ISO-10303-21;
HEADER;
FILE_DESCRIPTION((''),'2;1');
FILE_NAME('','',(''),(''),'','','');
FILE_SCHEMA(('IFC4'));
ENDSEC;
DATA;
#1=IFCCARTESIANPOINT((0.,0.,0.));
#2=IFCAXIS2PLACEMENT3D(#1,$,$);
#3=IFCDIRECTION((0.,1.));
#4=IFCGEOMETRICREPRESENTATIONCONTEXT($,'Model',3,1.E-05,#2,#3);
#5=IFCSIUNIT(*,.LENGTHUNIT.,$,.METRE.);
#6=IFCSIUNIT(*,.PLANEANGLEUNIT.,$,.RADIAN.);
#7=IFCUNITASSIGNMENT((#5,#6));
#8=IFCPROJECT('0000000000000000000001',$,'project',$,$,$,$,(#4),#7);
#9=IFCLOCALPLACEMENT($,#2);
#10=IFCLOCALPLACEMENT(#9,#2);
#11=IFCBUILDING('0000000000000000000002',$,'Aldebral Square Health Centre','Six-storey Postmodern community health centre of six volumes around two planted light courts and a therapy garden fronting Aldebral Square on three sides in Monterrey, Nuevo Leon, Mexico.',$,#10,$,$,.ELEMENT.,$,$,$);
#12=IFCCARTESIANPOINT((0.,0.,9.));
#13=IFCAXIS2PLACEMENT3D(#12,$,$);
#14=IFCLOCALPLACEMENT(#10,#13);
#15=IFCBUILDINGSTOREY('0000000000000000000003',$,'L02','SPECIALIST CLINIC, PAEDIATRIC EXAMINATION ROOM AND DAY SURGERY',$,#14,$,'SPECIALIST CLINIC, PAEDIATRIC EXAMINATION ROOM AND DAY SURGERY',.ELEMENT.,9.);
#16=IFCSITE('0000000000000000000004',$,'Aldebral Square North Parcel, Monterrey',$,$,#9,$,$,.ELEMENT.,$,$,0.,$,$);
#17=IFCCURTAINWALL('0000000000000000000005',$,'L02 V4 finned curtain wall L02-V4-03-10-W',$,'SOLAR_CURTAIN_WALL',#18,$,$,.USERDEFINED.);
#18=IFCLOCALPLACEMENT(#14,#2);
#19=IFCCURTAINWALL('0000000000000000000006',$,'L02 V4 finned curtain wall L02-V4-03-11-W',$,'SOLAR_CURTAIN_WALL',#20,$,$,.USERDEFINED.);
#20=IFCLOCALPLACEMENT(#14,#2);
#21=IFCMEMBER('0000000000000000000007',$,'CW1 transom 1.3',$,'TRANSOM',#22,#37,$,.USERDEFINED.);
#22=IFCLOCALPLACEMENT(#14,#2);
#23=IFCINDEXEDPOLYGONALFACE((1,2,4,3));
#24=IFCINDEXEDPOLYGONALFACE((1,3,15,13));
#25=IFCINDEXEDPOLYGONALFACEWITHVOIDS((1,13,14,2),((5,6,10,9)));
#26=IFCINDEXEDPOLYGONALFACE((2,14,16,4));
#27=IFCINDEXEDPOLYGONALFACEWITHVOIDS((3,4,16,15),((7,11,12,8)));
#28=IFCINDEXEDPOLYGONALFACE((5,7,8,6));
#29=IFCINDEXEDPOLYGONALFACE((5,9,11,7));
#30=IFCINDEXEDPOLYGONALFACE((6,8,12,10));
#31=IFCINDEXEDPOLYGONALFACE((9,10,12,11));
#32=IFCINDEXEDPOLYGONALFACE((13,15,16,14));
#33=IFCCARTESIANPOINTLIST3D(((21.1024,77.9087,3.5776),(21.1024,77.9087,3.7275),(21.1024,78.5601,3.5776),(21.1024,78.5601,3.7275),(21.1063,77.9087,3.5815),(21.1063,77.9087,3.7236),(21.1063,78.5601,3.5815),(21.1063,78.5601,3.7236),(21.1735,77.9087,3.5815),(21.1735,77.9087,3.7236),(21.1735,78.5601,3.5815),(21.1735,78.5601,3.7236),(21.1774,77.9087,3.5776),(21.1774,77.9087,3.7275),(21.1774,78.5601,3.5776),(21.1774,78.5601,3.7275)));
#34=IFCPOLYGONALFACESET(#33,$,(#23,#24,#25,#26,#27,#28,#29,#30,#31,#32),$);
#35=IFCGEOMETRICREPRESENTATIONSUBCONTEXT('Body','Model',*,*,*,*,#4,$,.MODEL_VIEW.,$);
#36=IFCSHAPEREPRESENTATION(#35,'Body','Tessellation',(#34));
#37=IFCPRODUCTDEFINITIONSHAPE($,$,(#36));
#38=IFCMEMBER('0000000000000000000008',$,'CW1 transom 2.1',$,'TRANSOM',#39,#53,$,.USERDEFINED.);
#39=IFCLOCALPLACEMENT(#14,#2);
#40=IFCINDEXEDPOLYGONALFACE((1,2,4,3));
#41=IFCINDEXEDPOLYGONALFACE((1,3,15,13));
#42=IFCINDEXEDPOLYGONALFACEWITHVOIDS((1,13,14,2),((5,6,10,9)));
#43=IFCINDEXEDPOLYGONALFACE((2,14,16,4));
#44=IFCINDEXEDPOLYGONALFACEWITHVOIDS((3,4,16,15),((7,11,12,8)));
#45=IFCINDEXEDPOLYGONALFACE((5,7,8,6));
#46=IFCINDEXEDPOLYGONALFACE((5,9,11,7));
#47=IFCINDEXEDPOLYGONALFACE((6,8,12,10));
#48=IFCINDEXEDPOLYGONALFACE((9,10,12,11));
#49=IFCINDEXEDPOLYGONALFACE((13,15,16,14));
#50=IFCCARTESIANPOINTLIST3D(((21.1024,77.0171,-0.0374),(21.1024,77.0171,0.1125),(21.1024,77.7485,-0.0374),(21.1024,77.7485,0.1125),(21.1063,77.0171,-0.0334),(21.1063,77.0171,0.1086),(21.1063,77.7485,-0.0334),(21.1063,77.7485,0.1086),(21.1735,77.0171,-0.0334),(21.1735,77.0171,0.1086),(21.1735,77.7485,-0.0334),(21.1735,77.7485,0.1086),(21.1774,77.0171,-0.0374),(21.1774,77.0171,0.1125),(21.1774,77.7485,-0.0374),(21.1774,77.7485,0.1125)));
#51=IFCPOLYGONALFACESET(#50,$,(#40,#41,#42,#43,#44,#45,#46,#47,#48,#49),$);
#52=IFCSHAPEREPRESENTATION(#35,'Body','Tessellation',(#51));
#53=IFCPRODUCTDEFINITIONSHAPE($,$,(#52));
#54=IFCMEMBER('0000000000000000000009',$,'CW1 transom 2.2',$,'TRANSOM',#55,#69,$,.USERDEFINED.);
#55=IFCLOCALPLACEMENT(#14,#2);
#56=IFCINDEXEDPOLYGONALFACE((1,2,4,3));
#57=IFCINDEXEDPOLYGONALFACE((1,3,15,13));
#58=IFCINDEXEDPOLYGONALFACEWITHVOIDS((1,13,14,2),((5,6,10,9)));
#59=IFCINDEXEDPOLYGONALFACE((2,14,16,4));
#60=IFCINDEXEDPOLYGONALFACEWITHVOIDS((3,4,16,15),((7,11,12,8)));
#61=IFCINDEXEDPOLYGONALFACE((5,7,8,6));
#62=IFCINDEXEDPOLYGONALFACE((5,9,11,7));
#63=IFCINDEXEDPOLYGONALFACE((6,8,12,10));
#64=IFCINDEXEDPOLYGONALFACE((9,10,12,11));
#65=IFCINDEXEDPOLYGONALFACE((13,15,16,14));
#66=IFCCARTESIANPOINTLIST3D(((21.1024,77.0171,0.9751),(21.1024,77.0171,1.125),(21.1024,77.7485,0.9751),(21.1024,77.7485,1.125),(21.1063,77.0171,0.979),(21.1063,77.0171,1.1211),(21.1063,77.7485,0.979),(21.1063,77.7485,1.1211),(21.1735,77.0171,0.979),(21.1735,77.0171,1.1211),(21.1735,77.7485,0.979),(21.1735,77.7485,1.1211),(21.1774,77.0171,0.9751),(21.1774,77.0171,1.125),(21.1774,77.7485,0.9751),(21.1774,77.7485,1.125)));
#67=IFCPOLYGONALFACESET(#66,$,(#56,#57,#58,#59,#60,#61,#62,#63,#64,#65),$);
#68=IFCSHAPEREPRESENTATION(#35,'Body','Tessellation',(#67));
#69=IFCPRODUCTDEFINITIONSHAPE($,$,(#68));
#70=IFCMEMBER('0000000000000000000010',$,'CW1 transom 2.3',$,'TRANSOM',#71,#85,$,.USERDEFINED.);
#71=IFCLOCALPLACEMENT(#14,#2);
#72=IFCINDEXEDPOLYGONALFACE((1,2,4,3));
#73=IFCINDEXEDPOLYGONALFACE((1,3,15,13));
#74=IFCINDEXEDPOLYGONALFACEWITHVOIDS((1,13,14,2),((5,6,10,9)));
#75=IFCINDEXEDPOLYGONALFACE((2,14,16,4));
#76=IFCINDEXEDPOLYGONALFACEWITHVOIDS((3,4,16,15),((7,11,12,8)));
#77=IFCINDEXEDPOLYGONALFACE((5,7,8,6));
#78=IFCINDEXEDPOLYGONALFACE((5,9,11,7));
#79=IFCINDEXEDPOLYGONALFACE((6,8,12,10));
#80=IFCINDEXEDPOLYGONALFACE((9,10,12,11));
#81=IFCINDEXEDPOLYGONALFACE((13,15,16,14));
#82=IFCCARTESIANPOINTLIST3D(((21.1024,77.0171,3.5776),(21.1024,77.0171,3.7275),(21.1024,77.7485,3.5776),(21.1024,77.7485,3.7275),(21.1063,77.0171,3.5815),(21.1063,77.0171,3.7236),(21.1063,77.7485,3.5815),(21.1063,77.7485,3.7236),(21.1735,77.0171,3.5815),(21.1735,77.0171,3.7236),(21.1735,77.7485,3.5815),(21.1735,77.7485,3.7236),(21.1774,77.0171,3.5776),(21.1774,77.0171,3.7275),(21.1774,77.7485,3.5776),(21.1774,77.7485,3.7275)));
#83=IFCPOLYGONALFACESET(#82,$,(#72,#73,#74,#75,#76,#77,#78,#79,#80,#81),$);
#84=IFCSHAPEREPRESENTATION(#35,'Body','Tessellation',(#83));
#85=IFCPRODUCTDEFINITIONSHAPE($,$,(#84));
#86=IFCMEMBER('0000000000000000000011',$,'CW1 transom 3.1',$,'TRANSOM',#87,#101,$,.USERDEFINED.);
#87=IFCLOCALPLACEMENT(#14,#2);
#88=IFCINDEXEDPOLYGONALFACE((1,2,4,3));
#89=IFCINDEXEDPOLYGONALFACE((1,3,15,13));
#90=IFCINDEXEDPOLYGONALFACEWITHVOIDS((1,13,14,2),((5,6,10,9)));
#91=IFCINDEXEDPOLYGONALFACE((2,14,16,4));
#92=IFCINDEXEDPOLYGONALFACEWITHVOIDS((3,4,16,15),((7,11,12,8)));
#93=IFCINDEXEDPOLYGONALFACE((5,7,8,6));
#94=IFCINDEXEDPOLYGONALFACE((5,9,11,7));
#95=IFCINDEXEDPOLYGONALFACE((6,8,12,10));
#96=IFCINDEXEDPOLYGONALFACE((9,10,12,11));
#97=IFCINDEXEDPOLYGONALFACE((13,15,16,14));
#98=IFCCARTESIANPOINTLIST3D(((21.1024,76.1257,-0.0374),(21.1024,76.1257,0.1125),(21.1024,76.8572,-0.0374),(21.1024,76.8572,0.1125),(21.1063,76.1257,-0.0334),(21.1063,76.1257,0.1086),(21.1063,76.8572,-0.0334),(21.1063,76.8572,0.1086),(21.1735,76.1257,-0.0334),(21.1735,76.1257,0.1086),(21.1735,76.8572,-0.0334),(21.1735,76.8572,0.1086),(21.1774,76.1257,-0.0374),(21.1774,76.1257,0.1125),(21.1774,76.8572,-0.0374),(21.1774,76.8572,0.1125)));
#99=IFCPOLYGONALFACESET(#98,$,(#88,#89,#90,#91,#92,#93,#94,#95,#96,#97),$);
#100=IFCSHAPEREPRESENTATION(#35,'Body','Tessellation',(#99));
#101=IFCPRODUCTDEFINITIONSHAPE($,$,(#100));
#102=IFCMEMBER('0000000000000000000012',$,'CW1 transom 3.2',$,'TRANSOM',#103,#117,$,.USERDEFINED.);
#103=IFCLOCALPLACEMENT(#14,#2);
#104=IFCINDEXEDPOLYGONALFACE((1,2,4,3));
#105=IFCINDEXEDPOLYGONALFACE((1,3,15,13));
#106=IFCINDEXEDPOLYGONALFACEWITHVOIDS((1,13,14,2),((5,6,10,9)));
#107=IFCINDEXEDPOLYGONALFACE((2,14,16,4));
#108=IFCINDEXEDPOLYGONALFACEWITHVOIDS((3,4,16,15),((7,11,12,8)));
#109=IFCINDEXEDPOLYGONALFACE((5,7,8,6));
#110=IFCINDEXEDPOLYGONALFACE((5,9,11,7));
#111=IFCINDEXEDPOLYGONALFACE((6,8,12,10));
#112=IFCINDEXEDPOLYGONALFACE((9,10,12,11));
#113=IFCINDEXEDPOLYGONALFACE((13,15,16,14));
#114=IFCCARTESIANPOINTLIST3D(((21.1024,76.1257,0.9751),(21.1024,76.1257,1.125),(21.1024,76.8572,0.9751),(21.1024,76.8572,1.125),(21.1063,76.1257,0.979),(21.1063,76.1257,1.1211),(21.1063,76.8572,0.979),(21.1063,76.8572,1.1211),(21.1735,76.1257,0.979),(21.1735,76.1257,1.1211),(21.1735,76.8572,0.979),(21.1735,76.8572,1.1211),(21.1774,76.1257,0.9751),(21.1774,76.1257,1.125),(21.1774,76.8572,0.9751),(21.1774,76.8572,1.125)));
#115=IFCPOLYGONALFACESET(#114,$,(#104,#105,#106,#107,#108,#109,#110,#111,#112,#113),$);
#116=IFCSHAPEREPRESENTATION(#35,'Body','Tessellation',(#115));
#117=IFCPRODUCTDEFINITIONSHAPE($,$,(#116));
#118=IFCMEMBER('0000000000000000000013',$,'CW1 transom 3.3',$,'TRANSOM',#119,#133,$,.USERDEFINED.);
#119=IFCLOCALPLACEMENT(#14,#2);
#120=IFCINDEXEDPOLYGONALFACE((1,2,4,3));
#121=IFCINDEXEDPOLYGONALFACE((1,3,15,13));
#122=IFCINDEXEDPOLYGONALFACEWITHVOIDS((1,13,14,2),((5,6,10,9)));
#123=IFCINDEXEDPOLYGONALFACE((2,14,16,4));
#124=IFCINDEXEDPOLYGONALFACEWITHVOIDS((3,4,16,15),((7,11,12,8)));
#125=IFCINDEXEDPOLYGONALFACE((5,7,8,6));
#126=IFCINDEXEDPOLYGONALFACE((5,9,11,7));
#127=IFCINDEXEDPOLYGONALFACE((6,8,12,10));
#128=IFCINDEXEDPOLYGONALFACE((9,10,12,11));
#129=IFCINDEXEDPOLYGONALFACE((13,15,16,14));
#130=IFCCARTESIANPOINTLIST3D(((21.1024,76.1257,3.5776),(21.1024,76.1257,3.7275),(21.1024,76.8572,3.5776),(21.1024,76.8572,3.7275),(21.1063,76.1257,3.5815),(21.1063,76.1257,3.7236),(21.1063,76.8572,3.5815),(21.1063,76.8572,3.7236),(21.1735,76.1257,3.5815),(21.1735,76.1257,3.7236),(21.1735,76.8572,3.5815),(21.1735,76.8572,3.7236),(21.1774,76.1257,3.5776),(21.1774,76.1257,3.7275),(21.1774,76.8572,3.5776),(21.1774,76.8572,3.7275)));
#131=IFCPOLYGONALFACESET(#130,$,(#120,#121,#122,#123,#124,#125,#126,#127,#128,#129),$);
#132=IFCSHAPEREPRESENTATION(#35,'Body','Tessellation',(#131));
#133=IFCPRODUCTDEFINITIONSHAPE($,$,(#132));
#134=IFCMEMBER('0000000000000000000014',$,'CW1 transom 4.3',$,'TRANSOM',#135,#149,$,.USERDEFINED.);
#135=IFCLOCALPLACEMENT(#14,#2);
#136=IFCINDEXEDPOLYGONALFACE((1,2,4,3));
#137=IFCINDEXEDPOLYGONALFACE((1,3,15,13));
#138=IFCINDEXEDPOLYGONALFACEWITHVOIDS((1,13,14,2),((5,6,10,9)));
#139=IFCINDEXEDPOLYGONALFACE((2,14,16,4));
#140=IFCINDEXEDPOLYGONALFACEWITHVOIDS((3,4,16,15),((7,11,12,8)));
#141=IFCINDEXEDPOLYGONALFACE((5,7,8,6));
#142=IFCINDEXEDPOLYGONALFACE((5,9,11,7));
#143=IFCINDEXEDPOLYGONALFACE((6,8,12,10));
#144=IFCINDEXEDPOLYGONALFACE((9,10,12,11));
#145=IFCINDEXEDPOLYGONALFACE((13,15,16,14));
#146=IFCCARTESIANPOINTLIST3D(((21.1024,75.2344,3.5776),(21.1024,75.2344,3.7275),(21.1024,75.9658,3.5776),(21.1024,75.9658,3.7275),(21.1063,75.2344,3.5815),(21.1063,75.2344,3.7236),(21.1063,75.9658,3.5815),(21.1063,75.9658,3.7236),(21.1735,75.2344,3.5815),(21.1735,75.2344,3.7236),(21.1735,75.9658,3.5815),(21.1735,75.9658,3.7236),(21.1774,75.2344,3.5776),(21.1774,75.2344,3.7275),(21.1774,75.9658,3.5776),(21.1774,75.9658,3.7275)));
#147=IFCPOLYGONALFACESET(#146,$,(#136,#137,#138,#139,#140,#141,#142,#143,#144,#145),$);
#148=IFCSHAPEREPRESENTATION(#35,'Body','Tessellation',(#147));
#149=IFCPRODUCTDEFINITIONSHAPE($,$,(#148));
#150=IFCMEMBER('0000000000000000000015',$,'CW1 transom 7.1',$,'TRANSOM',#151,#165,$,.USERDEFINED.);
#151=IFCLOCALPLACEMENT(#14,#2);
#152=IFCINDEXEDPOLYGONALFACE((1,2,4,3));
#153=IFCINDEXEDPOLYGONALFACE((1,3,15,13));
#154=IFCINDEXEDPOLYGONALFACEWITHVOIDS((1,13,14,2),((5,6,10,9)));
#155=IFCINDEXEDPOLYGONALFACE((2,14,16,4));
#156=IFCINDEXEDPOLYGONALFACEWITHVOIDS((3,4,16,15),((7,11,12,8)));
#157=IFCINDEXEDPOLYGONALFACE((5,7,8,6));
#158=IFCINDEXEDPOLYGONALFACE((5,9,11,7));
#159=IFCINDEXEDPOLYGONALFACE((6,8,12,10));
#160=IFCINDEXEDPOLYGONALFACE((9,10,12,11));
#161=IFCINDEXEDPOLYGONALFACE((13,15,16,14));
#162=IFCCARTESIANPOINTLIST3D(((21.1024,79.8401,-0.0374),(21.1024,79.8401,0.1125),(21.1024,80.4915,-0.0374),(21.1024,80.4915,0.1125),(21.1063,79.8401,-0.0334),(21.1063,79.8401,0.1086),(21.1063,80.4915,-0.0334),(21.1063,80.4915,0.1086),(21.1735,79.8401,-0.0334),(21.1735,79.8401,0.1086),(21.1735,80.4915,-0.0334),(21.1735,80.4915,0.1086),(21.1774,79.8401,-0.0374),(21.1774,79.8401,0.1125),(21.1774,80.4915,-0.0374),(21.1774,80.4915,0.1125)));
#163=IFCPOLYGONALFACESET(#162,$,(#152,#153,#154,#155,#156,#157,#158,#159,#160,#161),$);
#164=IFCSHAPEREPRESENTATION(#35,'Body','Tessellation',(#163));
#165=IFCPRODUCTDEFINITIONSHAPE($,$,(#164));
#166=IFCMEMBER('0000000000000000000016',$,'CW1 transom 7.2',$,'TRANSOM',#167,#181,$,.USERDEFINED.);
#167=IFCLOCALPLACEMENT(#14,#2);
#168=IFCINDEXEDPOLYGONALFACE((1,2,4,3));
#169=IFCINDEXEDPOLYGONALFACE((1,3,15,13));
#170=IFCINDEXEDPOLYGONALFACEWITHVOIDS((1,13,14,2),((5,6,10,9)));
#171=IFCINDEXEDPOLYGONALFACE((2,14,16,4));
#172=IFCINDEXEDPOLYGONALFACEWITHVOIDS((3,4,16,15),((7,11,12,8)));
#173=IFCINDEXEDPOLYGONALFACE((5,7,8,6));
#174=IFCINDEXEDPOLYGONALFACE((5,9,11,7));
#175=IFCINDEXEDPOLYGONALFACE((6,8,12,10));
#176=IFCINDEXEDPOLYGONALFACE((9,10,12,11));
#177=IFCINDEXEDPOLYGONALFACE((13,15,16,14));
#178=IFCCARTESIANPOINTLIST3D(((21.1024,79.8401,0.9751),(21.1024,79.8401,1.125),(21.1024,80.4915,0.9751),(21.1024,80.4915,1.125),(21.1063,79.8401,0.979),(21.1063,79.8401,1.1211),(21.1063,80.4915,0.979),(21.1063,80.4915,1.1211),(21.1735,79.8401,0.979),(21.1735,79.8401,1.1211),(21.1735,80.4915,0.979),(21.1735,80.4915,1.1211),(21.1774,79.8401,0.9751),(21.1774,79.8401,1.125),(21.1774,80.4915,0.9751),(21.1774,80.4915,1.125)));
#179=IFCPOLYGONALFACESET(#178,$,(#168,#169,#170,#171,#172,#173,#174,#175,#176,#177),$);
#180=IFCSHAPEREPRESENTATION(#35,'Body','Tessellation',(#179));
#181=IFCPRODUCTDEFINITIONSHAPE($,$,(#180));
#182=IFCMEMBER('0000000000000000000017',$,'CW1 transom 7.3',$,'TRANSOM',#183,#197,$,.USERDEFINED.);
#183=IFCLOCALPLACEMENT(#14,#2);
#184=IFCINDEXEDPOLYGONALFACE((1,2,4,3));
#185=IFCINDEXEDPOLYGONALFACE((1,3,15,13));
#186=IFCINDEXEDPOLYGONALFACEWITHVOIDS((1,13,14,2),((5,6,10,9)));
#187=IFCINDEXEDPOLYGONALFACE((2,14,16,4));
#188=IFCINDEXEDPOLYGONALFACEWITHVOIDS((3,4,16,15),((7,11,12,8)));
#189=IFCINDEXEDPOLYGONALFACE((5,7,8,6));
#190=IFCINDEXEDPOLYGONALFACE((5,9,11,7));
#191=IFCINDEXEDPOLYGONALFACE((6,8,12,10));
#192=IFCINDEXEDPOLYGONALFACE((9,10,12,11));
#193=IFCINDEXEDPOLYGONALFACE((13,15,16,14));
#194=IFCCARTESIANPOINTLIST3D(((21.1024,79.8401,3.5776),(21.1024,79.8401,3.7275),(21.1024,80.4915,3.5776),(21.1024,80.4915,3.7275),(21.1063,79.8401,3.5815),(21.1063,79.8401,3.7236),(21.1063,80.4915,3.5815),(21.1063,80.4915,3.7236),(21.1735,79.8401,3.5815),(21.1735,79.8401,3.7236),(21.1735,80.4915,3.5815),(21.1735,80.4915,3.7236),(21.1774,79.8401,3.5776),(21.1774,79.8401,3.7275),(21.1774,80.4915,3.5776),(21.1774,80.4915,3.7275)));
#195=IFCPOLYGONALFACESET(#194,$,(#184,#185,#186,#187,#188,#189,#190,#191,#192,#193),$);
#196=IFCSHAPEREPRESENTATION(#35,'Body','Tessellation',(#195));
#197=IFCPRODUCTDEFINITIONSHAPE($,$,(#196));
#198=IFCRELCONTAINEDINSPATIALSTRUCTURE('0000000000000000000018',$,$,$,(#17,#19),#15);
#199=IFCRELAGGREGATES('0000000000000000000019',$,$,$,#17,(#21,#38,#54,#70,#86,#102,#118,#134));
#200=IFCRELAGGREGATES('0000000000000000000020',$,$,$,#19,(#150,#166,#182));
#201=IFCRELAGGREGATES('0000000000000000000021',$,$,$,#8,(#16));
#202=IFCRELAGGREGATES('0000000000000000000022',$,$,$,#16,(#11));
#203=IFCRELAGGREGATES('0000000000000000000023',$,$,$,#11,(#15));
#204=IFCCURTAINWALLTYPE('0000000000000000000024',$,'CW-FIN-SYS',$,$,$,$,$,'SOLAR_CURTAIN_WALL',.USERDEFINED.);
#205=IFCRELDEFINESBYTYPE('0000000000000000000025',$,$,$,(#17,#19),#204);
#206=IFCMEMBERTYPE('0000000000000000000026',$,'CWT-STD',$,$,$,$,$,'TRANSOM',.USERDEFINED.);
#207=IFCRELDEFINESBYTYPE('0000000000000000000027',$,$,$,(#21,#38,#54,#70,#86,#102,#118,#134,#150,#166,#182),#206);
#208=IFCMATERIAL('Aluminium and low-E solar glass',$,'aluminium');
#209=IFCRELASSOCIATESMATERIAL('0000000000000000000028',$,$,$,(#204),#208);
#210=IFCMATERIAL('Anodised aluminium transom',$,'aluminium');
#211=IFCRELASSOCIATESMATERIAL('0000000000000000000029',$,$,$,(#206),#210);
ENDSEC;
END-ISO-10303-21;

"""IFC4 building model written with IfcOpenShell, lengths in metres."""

from ifc_helpers import new_model, si_unit, direction, frame, origin, origin_2d, place, context, subcontext, project, spatial, hollow_rectangle, extrude, material, material_profile, profile_set, type_object, element, aggregate, save


model = new_model("IFC4")

# Units and contexts
model_context = context("Model", 3, precision=1e-05, world=origin(), true_north=direction((0.0, 1.0)))
body_context = subcontext(model_context, "Body", "Model", "MODEL_VIEW")
ifc_project = project(units=[si_unit("LENGTHUNIT", "METRE"), si_unit("PLANEANGLEUNIT", "RADIAN")], contexts=[model_context])

# Site, building, storey
site_placement = place(None, origin())
site = spatial("IfcSite", under=ifc_project, at=site_placement, Name="Aldebral Square North Parcel, Monterrey", CompositionType="ELEMENT", RefElevation=0.0)
building_placement = place(site_placement, origin())
building = spatial("IfcBuilding", under=site, at=building_placement, Name="Aldebral Square Health Centre", Description="Six-storey Postmodern community health centre of six volumes around two planted light courts and a therapy garden fronting Aldebral Square on three sides in Monterrey, Nuevo Leon, Mexico.", CompositionType="ELEMENT")
storey_placement = place(building_placement, frame((0.0, 0.0, 9.0)))
storey = spatial("IfcBuildingStorey", under=building, at=storey_placement, Name="L02", Description="SPECIALIST CLINIC, PAEDIATRIC EXAMINATION ROOM AND DAY SURGERY", LongName="SPECIALIST CLINIC, PAEDIATRIC EXAMINATION ROOM AND DAY SURGERY", CompositionType="ELEMENT", Elevation=9.0)

# Curtain walls
ifc_material_1 = material(Name="Aluminium and low-E solar glass", Category="aluminium")
curtain_wall_type = type_object("IfcCurtainWallType", Name="CW-FIN-SYS", ElementType="SOLAR_CURTAIN_WALL", PredefinedType="USERDEFINED", material=ifc_material_1)
curtain_wall_1_placement = place(storey_placement, origin())
curtain_wall_1 = element("IfcCurtainWall", 1, at=curtain_wall_1_placement, inside=storey, type_object=curtain_wall_type, Name="L02 V4 finned curtain wall L02-V4-03-10-W", ObjectType="SOLAR_CURTAIN_WALL", PredefinedType="USERDEFINED")
curtain_wall_2_placement = place(storey_placement, origin())
curtain_wall_2 = element("IfcCurtainWall", 2, at=curtain_wall_2_placement, inside=storey, type_object=curtain_wall_type, Name="L02 V4 finned curtain wall L02-V4-03-11-W", ObjectType="SOLAR_CURTAIN_WALL", PredefinedType="USERDEFINED")

# Members
ifc_material_2 = material(Name="Anodised aluminium transom", Category="aluminium")
ifc_material_profile_1 = material_profile(ifc_material_2, hollow_rectangle(XDim=0.075, YDim=0.1499, WallThickness=0.0039, at=origin_2d()), Name="CWT 75x150x4")
ifc_profile_set_1 = profile_set([ifc_material_profile_1], Name="Anodised aluminium transom")
member_type_1 = type_object("IfcMemberType", Name="CWT-STD", ElementType="TRANSOM", PredefinedType="USERDEFINED", material=ifc_profile_set_1)
member_1_placement = place(storey_placement, frame((21.1399, 78.5601, 3.6526), z_axis=(0.0, -1.0, 0.0), x_axis=(1.0, 0.0, 0.0)))
member_1 = element("IfcMember", 3, at=member_1_placement, type_object=member_type_1, Name="CW1 transom 1.3", ObjectType="TRANSOM", PredefinedType="USERDEFINED", context=body_context, shape_type="SweptSolid", body=[
    extrude(hollow_rectangle(XDim=0.075, YDim=0.1499, WallThickness=0.0039, at=origin_2d()), origin(), (0.0, 0.0, 1.0), 0.6514),
])
member_2_placement = place(storey_placement, frame((21.1399, 77.7485, 0.0376), z_axis=(0.0, -1.0, 0.0), x_axis=(1.0, 0.0, 0.0)))
member_2 = element("IfcMember", 4, at=member_2_placement, type_object=member_type_1, Name="CW1 transom 2.1", ObjectType="TRANSOM", PredefinedType="USERDEFINED", context=body_context, shape_type="SweptSolid", body=[
    extrude(hollow_rectangle(XDim=0.075, YDim=0.1499, WallThickness=0.0039, at=origin_2d()), origin(), (0.0, 0.0, 1.0), 0.7314),
])
member_3_placement = place(storey_placement, frame((21.1399, 77.7485, 1.05), z_axis=(0.0, -1.0, 0.0), x_axis=(1.0, 0.0, 0.0)))
member_3 = element("IfcMember", 5, at=member_3_placement, type_object=member_type_1, Name="CW1 transom 2.2", ObjectType="TRANSOM", PredefinedType="USERDEFINED", context=body_context, shape_type="SweptSolid", body=[
    extrude(hollow_rectangle(XDim=0.075, YDim=0.1499, WallThickness=0.0039, at=origin_2d()), origin(), (0.0, 0.0, 1.0), 0.7314),
])
member_4_placement = place(storey_placement, frame((21.1399, 77.7485, 3.6526), z_axis=(0.0, -1.0, 0.0), x_axis=(1.0, 0.0, 0.0)))
member_4 = element("IfcMember", 6, at=member_4_placement, type_object=member_type_1, Name="CW1 transom 2.3", ObjectType="TRANSOM", PredefinedType="USERDEFINED", context=body_context, shape_type="SweptSolid", body=[
    extrude(hollow_rectangle(XDim=0.075, YDim=0.1499, WallThickness=0.0039, at=origin_2d()), origin(), (0.0, 0.0, 1.0), 0.7314),
])
member_5_placement = place(storey_placement, frame((21.1399, 76.8572, 0.0376), z_axis=(0.0, -1.0, 0.0), x_axis=(1.0, 0.0, 0.0)))
member_5 = element("IfcMember", 7, at=member_5_placement, type_object=member_type_1, Name="CW1 transom 3.1", ObjectType="TRANSOM", PredefinedType="USERDEFINED", context=body_context, shape_type="SweptSolid", body=[
    extrude(hollow_rectangle(XDim=0.075, YDim=0.1499, WallThickness=0.0039, at=origin_2d()), origin(), (0.0, 0.0, 1.0), 0.7314),
])
member_6_placement = place(storey_placement, frame((21.1399, 76.8572, 1.05), z_axis=(0.0, -1.0, 0.0), x_axis=(1.0, 0.0, 0.0)))
member_6 = element("IfcMember", 8, at=member_6_placement, type_object=member_type_1, Name="CW1 transom 3.2", ObjectType="TRANSOM", PredefinedType="USERDEFINED", context=body_context, shape_type="SweptSolid", body=[
    extrude(hollow_rectangle(XDim=0.075, YDim=0.1499, WallThickness=0.0039, at=origin_2d()), origin(), (0.0, 0.0, 1.0), 0.7314),
])
member_7_placement = place(storey_placement, frame((21.1399, 76.8572, 3.6526), z_axis=(0.0, -1.0, 0.0), x_axis=(1.0, 0.0, 0.0)))
member_7 = element("IfcMember", 9, at=member_7_placement, type_object=member_type_1, Name="CW1 transom 3.3", ObjectType="TRANSOM", PredefinedType="USERDEFINED", context=body_context, shape_type="SweptSolid", body=[
    extrude(hollow_rectangle(XDim=0.075, YDim=0.1499, WallThickness=0.0039, at=origin_2d()), origin(), (0.0, 0.0, 1.0), 0.7314),
])
member_8_placement = place(storey_placement, frame((21.1399, 75.9658, 3.6526), z_axis=(0.0, -1.0, 0.0), x_axis=(1.0, 0.0, 0.0)))
member_8 = element("IfcMember", 10, at=member_8_placement, type_object=member_type_1, Name="CW1 transom 4.3", ObjectType="TRANSOM", PredefinedType="USERDEFINED", context=body_context, shape_type="SweptSolid", body=[
    extrude(hollow_rectangle(XDim=0.075, YDim=0.1499, WallThickness=0.0039, at=origin_2d()), origin(), (0.0, 0.0, 1.0), 0.7314),
])
member_9_placement = place(storey_placement, frame((21.1399, 80.4915, 0.0376), z_axis=(0.0, -1.0, 0.0), x_axis=(1.0, 0.0, 0.0)))
member_9 = element("IfcMember", 11, at=member_9_placement, type_object=member_type_1, Name="CW1 transom 7.1", ObjectType="TRANSOM", PredefinedType="USERDEFINED", context=body_context, shape_type="SweptSolid", body=[
    extrude(hollow_rectangle(XDim=0.075, YDim=0.1499, WallThickness=0.0039, at=origin_2d()), origin(), (0.0, 0.0, 1.0), 0.6514),
])
member_10_placement = place(storey_placement, frame((21.1399, 80.4915, 1.05), z_axis=(0.0, -1.0, 0.0), x_axis=(1.0, 0.0, 0.0)))
member_10 = element("IfcMember", 12, at=member_10_placement, type_object=member_type_1, Name="CW1 transom 7.2", ObjectType="TRANSOM", PredefinedType="USERDEFINED", context=body_context, shape_type="SweptSolid", body=[
    extrude(hollow_rectangle(XDim=0.075, YDim=0.1499, WallThickness=0.0039, at=origin_2d()), origin(), (0.0, 0.0, 1.0), 0.6514),
])
member_11_placement = place(storey_placement, frame((21.1399, 80.4915, 3.6526), z_axis=(0.0, -1.0, 0.0), x_axis=(1.0, 0.0, 0.0)))
member_11 = element("IfcMember", 13, at=member_11_placement, type_object=member_type_1, Name="CW1 transom 7.3", ObjectType="TRANSOM", PredefinedType="USERDEFINED", context=body_context, shape_type="SweptSolid", body=[
    extrude(hollow_rectangle(XDim=0.075, YDim=0.1499, WallThickness=0.0039, at=origin_2d()), origin(), (0.0, 0.0, 1.0), 0.6514),
])

aggregate(curtain_wall_1, [member_1, member_2, member_3, member_4, member_5, member_6, member_7, member_8])
aggregate(curtain_wall_2, [member_9, member_10, member_11])

save(model, "model.ifc")
